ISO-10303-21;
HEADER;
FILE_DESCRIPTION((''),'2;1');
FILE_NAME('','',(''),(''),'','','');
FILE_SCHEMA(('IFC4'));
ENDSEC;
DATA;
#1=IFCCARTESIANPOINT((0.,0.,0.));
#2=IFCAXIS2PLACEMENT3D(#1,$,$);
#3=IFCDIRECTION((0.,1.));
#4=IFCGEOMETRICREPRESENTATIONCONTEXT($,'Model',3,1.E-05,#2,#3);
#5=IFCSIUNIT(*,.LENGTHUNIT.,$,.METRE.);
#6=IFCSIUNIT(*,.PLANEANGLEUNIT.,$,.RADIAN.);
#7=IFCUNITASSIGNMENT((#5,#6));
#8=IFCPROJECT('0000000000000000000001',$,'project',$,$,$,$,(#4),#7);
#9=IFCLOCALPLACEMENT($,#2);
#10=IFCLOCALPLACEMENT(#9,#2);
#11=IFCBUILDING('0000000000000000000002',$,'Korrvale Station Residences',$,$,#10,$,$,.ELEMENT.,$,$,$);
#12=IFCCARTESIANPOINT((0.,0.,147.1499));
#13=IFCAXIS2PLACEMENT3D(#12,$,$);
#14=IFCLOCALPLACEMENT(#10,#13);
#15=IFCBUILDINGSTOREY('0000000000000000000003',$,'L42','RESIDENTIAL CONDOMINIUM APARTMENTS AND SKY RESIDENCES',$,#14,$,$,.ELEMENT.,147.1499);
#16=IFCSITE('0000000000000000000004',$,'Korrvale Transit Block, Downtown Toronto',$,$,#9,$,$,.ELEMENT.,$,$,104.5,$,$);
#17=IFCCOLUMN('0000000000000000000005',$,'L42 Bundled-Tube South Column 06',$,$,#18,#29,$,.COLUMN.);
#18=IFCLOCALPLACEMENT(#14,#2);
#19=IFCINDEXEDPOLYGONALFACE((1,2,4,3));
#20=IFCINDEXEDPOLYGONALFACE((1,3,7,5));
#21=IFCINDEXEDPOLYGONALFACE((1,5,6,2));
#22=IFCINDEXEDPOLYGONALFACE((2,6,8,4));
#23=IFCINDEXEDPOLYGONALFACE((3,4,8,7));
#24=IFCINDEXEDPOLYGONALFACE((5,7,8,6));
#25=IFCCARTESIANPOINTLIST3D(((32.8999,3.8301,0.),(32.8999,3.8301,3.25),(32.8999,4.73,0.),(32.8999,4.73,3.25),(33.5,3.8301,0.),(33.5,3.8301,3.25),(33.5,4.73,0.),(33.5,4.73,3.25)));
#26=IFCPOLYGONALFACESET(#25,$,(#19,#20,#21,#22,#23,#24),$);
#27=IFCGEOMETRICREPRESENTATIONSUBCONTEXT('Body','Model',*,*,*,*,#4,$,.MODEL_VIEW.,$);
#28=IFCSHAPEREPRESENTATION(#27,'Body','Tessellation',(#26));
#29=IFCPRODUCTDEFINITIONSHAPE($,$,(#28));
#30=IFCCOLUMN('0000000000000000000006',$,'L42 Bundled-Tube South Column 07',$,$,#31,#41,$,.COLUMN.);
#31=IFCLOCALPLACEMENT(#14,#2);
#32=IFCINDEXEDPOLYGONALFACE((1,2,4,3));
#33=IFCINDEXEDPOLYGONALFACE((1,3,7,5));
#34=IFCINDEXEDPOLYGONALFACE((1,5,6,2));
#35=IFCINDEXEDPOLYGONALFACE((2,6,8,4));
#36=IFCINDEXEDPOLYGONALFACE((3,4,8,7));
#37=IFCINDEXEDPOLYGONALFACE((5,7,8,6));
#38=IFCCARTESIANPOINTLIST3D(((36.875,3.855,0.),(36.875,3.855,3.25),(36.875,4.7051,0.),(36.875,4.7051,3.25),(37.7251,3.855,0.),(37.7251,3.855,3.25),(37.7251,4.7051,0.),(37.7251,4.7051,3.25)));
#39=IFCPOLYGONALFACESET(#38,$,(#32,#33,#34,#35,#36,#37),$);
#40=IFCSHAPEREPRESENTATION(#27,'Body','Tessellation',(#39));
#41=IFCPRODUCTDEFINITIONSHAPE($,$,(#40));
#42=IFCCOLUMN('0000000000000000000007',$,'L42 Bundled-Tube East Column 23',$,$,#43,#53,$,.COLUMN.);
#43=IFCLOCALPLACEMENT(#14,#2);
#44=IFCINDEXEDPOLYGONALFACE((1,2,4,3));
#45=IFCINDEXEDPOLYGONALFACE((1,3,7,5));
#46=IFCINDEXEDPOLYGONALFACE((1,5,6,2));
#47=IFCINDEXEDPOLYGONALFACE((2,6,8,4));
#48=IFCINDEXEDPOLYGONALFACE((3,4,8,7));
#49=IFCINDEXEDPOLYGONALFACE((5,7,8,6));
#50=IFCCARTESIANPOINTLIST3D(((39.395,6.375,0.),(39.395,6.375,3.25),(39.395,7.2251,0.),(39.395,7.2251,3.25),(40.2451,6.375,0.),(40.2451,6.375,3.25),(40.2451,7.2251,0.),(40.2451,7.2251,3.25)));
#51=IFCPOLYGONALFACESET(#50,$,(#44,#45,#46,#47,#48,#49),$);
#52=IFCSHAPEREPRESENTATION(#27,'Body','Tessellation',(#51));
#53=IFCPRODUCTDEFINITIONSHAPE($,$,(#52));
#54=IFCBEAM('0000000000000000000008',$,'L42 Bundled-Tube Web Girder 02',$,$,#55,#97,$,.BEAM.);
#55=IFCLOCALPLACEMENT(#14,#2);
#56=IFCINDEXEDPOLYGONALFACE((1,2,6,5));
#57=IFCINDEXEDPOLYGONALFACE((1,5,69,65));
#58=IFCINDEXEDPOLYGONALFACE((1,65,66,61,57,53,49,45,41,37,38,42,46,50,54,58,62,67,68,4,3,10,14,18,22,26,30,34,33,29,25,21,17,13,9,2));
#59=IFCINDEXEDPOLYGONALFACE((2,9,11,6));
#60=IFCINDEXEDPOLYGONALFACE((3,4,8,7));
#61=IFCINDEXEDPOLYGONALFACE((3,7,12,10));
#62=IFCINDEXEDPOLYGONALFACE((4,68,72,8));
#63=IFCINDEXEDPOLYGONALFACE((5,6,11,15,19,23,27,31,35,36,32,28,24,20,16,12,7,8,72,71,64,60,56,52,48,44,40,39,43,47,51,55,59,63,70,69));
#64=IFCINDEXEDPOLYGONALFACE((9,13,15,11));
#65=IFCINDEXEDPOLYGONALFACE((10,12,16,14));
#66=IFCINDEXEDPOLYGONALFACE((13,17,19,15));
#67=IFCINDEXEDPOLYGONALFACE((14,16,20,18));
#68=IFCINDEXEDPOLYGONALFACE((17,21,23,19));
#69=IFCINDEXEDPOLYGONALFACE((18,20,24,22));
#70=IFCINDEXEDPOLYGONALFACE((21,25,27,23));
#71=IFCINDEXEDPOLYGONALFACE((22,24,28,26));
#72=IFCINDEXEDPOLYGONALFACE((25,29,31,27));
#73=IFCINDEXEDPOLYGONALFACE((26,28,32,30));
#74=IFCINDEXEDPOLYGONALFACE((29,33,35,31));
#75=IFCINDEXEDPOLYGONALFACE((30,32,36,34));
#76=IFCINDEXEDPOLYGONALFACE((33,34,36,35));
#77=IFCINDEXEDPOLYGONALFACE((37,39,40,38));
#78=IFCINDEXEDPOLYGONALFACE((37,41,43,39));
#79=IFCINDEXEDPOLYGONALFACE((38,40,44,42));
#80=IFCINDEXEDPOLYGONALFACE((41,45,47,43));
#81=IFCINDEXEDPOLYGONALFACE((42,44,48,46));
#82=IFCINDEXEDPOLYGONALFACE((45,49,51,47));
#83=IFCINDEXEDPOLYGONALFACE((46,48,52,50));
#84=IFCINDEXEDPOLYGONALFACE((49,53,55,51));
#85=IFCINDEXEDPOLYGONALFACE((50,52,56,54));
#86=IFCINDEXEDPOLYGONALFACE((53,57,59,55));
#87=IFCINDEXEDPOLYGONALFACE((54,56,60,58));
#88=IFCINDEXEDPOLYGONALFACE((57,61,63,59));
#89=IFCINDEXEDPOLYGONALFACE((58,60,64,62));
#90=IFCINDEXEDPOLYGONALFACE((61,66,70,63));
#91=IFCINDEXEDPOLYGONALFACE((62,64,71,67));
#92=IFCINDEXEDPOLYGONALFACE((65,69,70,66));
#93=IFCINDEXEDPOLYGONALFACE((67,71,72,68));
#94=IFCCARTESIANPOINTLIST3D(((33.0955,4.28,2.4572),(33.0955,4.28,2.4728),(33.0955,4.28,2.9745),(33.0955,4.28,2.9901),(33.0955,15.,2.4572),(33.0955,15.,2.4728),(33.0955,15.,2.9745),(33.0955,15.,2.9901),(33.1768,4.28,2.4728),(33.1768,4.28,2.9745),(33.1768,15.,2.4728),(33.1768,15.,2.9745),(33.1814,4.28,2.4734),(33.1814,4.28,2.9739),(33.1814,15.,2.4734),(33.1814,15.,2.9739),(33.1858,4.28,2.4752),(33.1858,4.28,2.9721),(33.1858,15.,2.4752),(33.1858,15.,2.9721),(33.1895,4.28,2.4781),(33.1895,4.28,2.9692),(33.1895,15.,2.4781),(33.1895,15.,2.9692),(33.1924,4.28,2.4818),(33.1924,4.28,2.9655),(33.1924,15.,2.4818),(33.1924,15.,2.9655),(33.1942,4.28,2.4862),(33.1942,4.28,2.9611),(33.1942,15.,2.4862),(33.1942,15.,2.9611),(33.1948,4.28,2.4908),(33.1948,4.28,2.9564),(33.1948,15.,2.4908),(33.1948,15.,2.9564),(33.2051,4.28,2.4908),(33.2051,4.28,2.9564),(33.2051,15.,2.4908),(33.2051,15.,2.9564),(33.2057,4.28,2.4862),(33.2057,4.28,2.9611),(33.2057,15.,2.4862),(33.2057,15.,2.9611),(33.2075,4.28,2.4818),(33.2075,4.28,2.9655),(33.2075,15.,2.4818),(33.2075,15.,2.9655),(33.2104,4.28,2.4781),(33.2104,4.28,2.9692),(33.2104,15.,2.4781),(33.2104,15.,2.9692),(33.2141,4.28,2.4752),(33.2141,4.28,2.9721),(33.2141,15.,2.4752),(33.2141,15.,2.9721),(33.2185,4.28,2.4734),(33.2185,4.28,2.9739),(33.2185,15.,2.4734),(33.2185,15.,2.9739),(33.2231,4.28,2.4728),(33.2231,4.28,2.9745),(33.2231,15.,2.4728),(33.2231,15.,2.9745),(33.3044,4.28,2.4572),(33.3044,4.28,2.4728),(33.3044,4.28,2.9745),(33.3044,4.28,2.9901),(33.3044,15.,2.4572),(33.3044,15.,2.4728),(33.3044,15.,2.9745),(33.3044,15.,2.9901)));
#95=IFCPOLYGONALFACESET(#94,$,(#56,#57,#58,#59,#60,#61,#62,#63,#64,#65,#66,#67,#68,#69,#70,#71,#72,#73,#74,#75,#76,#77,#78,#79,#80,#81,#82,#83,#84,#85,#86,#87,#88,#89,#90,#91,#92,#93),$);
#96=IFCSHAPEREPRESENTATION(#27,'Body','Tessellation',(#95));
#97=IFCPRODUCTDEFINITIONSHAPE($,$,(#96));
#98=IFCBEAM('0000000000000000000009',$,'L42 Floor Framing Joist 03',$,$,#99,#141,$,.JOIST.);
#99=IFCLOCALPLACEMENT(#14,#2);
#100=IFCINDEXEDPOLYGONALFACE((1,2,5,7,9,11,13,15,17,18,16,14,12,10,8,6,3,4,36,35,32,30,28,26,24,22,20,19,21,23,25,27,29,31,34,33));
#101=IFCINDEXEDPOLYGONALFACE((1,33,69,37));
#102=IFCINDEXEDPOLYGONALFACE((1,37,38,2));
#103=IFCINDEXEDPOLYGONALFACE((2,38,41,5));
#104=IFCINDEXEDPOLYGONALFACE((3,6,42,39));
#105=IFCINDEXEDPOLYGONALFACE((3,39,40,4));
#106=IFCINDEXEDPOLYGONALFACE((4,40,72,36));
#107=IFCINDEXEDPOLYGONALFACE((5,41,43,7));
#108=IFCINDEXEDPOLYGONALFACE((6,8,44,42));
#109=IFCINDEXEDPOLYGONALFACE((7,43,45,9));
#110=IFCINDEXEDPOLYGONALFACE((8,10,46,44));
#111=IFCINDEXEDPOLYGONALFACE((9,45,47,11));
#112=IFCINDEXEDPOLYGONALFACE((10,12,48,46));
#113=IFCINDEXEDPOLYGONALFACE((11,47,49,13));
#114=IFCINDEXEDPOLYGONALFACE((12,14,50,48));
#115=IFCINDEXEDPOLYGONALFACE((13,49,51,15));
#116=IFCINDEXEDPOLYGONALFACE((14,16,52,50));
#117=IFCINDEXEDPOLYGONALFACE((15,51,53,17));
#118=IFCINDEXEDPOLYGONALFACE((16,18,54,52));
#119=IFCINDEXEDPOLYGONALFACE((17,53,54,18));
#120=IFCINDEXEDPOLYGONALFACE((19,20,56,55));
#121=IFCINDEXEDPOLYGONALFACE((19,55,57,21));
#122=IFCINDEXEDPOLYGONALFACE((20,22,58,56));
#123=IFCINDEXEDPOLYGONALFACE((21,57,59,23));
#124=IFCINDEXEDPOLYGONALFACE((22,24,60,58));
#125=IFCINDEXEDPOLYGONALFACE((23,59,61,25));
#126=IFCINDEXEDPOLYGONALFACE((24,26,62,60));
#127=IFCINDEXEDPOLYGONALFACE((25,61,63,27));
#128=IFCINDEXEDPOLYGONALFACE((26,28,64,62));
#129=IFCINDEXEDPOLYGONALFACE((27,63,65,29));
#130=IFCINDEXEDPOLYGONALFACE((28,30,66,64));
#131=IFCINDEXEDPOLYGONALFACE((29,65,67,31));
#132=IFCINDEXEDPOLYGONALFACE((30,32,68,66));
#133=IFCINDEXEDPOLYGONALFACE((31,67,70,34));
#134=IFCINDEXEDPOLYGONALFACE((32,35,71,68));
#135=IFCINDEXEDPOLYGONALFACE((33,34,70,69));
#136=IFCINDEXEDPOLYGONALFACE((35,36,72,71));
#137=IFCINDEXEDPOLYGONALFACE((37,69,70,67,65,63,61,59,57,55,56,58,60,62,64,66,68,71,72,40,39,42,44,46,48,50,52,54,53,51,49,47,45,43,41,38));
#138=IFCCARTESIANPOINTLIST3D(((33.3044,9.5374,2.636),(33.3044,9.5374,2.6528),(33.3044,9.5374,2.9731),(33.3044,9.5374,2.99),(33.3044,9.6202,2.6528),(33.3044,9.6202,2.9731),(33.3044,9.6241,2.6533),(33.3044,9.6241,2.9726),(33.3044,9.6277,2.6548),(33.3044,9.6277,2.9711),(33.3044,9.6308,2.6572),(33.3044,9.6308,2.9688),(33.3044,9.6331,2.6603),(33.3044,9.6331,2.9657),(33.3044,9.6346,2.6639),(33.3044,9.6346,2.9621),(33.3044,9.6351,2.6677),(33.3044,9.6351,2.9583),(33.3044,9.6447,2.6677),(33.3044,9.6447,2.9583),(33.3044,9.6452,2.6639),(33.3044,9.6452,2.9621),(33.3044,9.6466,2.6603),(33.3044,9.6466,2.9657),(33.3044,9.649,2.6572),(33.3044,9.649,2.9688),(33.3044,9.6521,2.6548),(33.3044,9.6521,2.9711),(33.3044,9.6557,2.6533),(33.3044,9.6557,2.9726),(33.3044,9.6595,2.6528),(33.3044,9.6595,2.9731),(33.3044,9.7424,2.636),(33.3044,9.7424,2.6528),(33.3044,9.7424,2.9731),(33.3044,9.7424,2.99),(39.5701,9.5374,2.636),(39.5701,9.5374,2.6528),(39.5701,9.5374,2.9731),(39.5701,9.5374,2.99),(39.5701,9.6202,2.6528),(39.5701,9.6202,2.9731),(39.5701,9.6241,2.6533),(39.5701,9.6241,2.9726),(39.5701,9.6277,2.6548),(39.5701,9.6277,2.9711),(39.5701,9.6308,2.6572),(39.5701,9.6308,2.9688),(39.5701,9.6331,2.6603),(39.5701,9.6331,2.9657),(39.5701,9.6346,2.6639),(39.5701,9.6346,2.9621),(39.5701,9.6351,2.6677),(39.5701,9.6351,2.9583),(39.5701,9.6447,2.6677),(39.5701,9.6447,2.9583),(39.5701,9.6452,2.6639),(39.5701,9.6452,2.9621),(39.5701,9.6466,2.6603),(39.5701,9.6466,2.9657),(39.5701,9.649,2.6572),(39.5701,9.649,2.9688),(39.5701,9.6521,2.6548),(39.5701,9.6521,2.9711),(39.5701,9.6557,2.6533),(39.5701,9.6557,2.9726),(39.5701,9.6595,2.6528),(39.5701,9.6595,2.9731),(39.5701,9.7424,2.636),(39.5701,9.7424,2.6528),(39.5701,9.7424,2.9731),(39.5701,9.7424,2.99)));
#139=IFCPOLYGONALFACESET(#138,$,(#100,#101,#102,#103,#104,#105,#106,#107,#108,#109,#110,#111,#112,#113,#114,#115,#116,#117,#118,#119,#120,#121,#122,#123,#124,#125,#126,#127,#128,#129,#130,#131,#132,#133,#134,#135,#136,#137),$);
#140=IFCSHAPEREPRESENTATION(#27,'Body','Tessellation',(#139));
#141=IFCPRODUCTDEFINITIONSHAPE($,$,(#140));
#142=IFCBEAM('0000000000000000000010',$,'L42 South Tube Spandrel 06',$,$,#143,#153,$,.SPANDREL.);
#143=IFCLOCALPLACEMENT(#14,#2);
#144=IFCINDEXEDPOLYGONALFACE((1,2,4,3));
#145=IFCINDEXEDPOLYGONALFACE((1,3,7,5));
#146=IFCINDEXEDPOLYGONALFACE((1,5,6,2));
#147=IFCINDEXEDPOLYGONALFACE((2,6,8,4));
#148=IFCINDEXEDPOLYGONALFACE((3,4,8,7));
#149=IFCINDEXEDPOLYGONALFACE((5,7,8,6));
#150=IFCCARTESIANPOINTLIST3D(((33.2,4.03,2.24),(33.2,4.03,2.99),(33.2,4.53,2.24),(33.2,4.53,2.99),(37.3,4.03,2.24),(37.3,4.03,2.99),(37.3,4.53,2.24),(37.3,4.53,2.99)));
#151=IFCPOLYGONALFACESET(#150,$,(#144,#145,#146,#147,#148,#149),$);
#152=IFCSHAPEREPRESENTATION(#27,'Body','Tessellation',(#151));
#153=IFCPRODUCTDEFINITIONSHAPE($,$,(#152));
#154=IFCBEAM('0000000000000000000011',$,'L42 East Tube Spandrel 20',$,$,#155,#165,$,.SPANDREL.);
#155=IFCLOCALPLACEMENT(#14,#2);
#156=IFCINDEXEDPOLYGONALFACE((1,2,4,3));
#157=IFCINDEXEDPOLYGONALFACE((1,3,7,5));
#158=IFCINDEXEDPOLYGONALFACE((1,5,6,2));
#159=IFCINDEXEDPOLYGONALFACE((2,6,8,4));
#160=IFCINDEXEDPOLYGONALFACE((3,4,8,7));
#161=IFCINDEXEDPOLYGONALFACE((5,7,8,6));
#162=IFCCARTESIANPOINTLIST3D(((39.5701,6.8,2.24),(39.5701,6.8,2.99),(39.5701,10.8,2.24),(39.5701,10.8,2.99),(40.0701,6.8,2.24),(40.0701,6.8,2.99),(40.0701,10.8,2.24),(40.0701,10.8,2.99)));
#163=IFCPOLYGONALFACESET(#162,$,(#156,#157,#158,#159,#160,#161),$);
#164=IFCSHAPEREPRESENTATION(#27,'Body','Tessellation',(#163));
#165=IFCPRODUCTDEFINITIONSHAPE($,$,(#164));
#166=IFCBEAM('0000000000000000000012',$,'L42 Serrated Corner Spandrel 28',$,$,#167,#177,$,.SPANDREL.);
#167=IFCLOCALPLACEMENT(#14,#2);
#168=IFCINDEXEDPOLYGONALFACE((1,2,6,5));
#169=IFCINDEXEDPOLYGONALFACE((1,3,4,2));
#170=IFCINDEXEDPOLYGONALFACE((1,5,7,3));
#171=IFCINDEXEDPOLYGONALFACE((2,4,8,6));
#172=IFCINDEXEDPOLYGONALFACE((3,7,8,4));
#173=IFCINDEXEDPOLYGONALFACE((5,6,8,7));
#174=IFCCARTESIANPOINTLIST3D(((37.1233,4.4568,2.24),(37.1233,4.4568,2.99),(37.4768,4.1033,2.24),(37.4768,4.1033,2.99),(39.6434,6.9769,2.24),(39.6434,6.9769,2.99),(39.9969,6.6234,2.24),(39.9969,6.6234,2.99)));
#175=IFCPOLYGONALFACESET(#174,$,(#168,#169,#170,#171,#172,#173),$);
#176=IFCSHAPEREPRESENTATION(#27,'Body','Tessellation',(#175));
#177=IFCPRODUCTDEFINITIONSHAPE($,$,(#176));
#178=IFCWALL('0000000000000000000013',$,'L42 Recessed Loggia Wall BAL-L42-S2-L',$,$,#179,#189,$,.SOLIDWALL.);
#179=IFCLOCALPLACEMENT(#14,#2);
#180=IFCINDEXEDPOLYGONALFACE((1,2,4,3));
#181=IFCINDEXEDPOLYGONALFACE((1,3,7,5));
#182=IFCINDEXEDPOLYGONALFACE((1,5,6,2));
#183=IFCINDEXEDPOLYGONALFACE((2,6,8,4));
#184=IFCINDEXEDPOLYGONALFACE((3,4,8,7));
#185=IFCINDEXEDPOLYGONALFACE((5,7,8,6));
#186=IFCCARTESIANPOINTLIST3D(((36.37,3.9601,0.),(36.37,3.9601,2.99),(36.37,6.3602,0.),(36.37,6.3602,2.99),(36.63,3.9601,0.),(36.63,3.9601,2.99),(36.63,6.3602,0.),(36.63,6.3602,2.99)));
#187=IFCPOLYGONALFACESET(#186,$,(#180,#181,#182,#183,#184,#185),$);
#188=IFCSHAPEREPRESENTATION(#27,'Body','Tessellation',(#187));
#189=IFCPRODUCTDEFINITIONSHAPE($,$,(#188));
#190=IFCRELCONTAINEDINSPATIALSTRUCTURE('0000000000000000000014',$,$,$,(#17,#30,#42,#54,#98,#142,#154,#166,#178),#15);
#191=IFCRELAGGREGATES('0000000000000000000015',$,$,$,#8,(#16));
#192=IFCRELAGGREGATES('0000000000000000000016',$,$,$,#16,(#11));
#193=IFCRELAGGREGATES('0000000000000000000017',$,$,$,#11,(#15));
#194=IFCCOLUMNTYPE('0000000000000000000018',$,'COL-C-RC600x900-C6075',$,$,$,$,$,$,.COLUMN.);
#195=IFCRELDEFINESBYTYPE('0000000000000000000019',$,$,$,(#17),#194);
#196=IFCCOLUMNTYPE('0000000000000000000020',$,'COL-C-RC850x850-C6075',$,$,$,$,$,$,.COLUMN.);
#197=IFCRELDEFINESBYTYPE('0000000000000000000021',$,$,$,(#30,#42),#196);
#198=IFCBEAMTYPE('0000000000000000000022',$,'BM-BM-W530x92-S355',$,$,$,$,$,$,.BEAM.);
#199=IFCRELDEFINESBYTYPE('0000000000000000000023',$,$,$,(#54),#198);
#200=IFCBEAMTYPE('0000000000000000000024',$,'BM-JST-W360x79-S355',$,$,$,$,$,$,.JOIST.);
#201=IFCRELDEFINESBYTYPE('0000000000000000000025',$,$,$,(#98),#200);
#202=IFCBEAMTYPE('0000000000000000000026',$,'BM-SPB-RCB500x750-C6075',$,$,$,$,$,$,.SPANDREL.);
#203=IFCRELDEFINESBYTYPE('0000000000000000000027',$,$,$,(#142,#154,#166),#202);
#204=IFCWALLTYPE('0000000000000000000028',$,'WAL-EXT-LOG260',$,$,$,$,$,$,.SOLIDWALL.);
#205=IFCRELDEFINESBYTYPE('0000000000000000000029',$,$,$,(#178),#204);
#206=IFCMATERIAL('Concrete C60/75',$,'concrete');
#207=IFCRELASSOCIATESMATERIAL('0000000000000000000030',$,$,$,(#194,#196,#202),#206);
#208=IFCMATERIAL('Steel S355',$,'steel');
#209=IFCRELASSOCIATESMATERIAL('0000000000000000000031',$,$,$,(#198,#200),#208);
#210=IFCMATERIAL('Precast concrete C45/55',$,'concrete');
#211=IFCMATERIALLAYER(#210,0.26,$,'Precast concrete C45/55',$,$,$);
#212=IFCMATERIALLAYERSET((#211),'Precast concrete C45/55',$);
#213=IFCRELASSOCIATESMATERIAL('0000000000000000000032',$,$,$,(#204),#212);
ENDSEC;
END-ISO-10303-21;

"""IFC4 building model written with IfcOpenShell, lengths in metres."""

from ifc_helpers import new_model, si_unit, direction, frame, frame_2d, origin, origin_2d, place, context, subcontext, project, spatial, rectangle, i_section, extrude, material, layer, layer_set, material_profile, profile_set, type_object, element, save


model = new_model("IFC4")

# Units and contexts
model_context = context("Model", 3, precision=1e-05, world=origin(), true_north=direction((0.0, 1.0)))
body_context = subcontext(model_context, "Body", "Model", "MODEL_VIEW")
ifc_project = project(units=[si_unit("LENGTHUNIT", "METRE"), si_unit("PLANEANGLEUNIT", "RADIAN")], contexts=[model_context])

# Site, building, storey
site_placement = place(None, origin())
site = spatial("IfcSite", under=ifc_project, at=site_placement, Name="Korrvale Transit Block, Downtown Toronto", CompositionType="ELEMENT", RefElevation=104.5)
building_placement = place(site_placement, origin())
building = spatial("IfcBuilding", under=site, at=building_placement, Name="Korrvale Station Residences", CompositionType="ELEMENT")
storey_placement = place(building_placement, frame((0.0, 0.0, 147.1499)))
storey = spatial("IfcBuildingStorey", under=building, at=storey_placement, Name="L42", Description="RESIDENTIAL CONDOMINIUM APARTMENTS AND SKY RESIDENCES", CompositionType="ELEMENT", Elevation=147.1499)

# Columns
ifc_material_1 = material(Name="Concrete C60/75", Category="concrete")
ifc_material_profile_1 = material_profile(ifc_material_1, rectangle(XDim=0.6001, YDim=0.8999, at=origin_2d()), Name="RC600x900")
ifc_profile_set_1 = profile_set([ifc_material_profile_1], Name="Concrete C60/75")
column_type_1 = type_object("IfcColumnType", Name="COL-C-RC600x900-C6075", PredefinedType="COLUMN", material=ifc_profile_set_1)
column_placement = place(storey_placement, frame((33.2, 4.28, 0.0), z_axis=(0.0, 0.0, 1.0), x_axis=(1.0, 0.0, 0.0)))
element("IfcColumn", 1, at=column_placement, inside=storey, type_object=column_type_1, Name="L42 Bundled-Tube South Column 06", PredefinedType="COLUMN", context=body_context, shape_type="SweptSolid", body=[
    extrude(rectangle(XDim=0.6001, YDim=0.8999, at=origin_2d()), origin(), (0.0, 0.0, 1.0), 3.25),
])
ifc_material_profile_2 = material_profile(ifc_material_1, rectangle(XDim=0.8501, YDim=0.8501, at=origin_2d()), Name="RC850x850")
ifc_profile_set_2 = profile_set([ifc_material_profile_2], Name="Concrete C60/75")
column_type_2 = type_object("IfcColumnType", Name="COL-C-RC850x850-C6075", PredefinedType="COLUMN", material=ifc_profile_set_2)
for number, where, z_axis, x_axis, name in (
    (2, (37.3, 4.28, 0.0), (0.0, 0.0, 1.0), (1.0, 0.0, 0.0), "L42 Bundled-Tube South Column 07"),
    (3, (39.8201, 6.8, 0.0), (0.0, 0.0, 1.0), (1.0, 0.0, 0.0), "L42 Bundled-Tube East Column 23"),
):
    element("IfcColumn", number, at=place(storey_placement, frame(where, z_axis=z_axis, x_axis=x_axis)), inside=storey, type_object=column_type_2, Name=name, PredefinedType="COLUMN", context=body_context, shape_type="SweptSolid", body=[
        extrude(rectangle(XDim=0.8501, YDim=0.8501, at=origin_2d()), origin(), (0.0, 0.0, 1.0), 3.25),
    ])

# Beams
ifc_material_2 = material(Name="Steel S355", Category="steel")
ifc_material_profile_3 = material_profile(ifc_material_2, i_section(OverallWidth=0.209, OverallDepth=0.533, WebThickness=0.0103, FlangeThickness=0.0156, FilletRadius=0.0181, at=origin_2d()), Name="W530x92")
ifc_profile_set_3 = profile_set([ifc_material_profile_3], Name="Steel S355")
beam_type_1 = type_object("IfcBeamType", Name="BM-BM-W530x92-S355", PredefinedType="BEAM", material=ifc_profile_set_3)
beam_1_placement = place(storey_placement, frame((33.2, 4.28, 2.7236), z_axis=(0.0, 1.0, 0.0), x_axis=(-1.0, 0.0, 0.0)))
element("IfcBeam", 4, at=beam_1_placement, inside=storey, type_object=beam_type_1, Name="L42 Bundled-Tube Web Girder 02", PredefinedType="BEAM", context=body_context, shape_type="SweptSolid", body=[
    extrude(i_section(OverallWidth=0.209, OverallDepth=0.533, WebThickness=0.0103, FlangeThickness=0.0156, FilletRadius=0.0181, at=origin_2d()), origin(), (0.0, 0.0, 1.0), 10.72),
])
ifc_material_profile_4 = material_profile(ifc_material_2, i_section(OverallWidth=0.2051, OverallDepth=0.354, WebThickness=0.0095, FlangeThickness=0.0168, FilletRadius=0.0149, at=origin_2d()), Name="W360x79")
ifc_profile_set_4 = profile_set([ifc_material_profile_4], Name="Steel S355")
beam_type_2 = type_object("IfcBeamType", Name="BM-JST-W360x79-S355", PredefinedType="JOIST", material=ifc_profile_set_4)
beam_2_placement = place(storey_placement, frame((33.3044, 9.6399, 2.813), z_axis=(1.0, 0.0, 0.0), x_axis=(0.0, 1.0, 0.0)))
element("IfcBeam", 5, at=beam_2_placement, inside=storey, type_object=beam_type_2, Name="L42 Floor Framing Joist 03", PredefinedType="JOIST", context=body_context, shape_type="SweptSolid", body=[
    extrude(i_section(OverallWidth=0.2051, OverallDepth=0.354, WebThickness=0.0095, FlangeThickness=0.0168, FilletRadius=0.0149, at=origin_2d()), origin(), (0.0, 0.0, 1.0), 6.2656),
])
ifc_material_profile_5 = material_profile(ifc_material_1, rectangle(XDim=0.5, YDim=0.75, at=origin_2d()), Name="RCB500x750")
ifc_profile_set_5 = profile_set([ifc_material_profile_5], Name="Concrete C60/75")
beam_type_3 = type_object("IfcBeamType", Name="BM-SPB-RCB500x750-C6075", PredefinedType="SPANDREL", material=ifc_profile_set_5)
beam_3_placement = place(storey_placement, frame((33.2, 4.28, 2.615), z_axis=(1.0, 0.0, 0.0), x_axis=(0.0, 1.0, 0.0)))
element("IfcBeam", 6, at=beam_3_placement, inside=storey, type_object=beam_type_3, Name="L42 South Tube Spandrel 06", PredefinedType="SPANDREL", context=body_context, shape_type="SweptSolid", body=[
    extrude(rectangle(XDim=0.5, YDim=0.75, at=origin_2d()), origin(), (0.0, 0.0, 1.0), 4.1001),
])
beam_4_placement = place(storey_placement, frame((39.8201, 6.8, 2.615), z_axis=(0.0, 1.0, 0.0), x_axis=(-1.0, 0.0, 0.0)))
element("IfcBeam", 7, at=beam_4_placement, inside=storey, type_object=beam_type_3, Name="L42 East Tube Spandrel 20", PredefinedType="SPANDREL", context=body_context, shape_type="SweptSolid", body=[
    extrude(rectangle(XDim=0.5, YDim=0.75, at=origin_2d()), origin(), (0.0, 0.0, 1.0), 4.0),
])
beam_5_placement = place(storey_placement, frame((37.3, 4.28, 2.615), z_axis=(0.707107, 0.707107, 0.0), x_axis=(-0.707107, 0.707107, 0.0)))
element("IfcBeam", 8, at=beam_5_placement, inside=storey, type_object=beam_type_3, Name="L42 Serrated Corner Spandrel 28", PredefinedType="SPANDREL", context=body_context, shape_type="SweptSolid", body=[
    extrude(rectangle(XDim=0.5, YDim=0.75, at=origin_2d()), origin(), (0.0, 0.0, 1.0), 3.564),
])

# Wall
ifc_material_3 = material(Name="Precast concrete C45/55", Category="concrete")
ifc_layer_1 = layer(ifc_material_3, 0.26, Name="Precast concrete C45/55")
ifc_layer_set_1 = layer_set([ifc_layer_1], Name="Precast concrete C45/55")
wall_type_1 = type_object("IfcWallType", Name="WAL-EXT-LOG260", PredefinedType="SOLIDWALL", material=ifc_layer_set_1)
wall_1_placement = place(storey_placement, frame((36.5, 3.96, 0.0), z_axis=(0.0, 0.0, 1.0), x_axis=(0.0, 1.0, 0.0)))
element("IfcWall", 9, at=wall_1_placement, inside=storey, type_object=wall_type_1, Name="L42 Recessed Loggia Wall BAL-L42-S2-L", PredefinedType="SOLIDWALL", context=body_context, shape_type="SweptSolid", body=[
    extrude(rectangle(XDim=2.4001, YDim=0.26, at=frame_2d((1.2002, 0.0))), origin(), (0.0, 0.0, 1.0), 2.99),
])

save(model, "model.ifc")
